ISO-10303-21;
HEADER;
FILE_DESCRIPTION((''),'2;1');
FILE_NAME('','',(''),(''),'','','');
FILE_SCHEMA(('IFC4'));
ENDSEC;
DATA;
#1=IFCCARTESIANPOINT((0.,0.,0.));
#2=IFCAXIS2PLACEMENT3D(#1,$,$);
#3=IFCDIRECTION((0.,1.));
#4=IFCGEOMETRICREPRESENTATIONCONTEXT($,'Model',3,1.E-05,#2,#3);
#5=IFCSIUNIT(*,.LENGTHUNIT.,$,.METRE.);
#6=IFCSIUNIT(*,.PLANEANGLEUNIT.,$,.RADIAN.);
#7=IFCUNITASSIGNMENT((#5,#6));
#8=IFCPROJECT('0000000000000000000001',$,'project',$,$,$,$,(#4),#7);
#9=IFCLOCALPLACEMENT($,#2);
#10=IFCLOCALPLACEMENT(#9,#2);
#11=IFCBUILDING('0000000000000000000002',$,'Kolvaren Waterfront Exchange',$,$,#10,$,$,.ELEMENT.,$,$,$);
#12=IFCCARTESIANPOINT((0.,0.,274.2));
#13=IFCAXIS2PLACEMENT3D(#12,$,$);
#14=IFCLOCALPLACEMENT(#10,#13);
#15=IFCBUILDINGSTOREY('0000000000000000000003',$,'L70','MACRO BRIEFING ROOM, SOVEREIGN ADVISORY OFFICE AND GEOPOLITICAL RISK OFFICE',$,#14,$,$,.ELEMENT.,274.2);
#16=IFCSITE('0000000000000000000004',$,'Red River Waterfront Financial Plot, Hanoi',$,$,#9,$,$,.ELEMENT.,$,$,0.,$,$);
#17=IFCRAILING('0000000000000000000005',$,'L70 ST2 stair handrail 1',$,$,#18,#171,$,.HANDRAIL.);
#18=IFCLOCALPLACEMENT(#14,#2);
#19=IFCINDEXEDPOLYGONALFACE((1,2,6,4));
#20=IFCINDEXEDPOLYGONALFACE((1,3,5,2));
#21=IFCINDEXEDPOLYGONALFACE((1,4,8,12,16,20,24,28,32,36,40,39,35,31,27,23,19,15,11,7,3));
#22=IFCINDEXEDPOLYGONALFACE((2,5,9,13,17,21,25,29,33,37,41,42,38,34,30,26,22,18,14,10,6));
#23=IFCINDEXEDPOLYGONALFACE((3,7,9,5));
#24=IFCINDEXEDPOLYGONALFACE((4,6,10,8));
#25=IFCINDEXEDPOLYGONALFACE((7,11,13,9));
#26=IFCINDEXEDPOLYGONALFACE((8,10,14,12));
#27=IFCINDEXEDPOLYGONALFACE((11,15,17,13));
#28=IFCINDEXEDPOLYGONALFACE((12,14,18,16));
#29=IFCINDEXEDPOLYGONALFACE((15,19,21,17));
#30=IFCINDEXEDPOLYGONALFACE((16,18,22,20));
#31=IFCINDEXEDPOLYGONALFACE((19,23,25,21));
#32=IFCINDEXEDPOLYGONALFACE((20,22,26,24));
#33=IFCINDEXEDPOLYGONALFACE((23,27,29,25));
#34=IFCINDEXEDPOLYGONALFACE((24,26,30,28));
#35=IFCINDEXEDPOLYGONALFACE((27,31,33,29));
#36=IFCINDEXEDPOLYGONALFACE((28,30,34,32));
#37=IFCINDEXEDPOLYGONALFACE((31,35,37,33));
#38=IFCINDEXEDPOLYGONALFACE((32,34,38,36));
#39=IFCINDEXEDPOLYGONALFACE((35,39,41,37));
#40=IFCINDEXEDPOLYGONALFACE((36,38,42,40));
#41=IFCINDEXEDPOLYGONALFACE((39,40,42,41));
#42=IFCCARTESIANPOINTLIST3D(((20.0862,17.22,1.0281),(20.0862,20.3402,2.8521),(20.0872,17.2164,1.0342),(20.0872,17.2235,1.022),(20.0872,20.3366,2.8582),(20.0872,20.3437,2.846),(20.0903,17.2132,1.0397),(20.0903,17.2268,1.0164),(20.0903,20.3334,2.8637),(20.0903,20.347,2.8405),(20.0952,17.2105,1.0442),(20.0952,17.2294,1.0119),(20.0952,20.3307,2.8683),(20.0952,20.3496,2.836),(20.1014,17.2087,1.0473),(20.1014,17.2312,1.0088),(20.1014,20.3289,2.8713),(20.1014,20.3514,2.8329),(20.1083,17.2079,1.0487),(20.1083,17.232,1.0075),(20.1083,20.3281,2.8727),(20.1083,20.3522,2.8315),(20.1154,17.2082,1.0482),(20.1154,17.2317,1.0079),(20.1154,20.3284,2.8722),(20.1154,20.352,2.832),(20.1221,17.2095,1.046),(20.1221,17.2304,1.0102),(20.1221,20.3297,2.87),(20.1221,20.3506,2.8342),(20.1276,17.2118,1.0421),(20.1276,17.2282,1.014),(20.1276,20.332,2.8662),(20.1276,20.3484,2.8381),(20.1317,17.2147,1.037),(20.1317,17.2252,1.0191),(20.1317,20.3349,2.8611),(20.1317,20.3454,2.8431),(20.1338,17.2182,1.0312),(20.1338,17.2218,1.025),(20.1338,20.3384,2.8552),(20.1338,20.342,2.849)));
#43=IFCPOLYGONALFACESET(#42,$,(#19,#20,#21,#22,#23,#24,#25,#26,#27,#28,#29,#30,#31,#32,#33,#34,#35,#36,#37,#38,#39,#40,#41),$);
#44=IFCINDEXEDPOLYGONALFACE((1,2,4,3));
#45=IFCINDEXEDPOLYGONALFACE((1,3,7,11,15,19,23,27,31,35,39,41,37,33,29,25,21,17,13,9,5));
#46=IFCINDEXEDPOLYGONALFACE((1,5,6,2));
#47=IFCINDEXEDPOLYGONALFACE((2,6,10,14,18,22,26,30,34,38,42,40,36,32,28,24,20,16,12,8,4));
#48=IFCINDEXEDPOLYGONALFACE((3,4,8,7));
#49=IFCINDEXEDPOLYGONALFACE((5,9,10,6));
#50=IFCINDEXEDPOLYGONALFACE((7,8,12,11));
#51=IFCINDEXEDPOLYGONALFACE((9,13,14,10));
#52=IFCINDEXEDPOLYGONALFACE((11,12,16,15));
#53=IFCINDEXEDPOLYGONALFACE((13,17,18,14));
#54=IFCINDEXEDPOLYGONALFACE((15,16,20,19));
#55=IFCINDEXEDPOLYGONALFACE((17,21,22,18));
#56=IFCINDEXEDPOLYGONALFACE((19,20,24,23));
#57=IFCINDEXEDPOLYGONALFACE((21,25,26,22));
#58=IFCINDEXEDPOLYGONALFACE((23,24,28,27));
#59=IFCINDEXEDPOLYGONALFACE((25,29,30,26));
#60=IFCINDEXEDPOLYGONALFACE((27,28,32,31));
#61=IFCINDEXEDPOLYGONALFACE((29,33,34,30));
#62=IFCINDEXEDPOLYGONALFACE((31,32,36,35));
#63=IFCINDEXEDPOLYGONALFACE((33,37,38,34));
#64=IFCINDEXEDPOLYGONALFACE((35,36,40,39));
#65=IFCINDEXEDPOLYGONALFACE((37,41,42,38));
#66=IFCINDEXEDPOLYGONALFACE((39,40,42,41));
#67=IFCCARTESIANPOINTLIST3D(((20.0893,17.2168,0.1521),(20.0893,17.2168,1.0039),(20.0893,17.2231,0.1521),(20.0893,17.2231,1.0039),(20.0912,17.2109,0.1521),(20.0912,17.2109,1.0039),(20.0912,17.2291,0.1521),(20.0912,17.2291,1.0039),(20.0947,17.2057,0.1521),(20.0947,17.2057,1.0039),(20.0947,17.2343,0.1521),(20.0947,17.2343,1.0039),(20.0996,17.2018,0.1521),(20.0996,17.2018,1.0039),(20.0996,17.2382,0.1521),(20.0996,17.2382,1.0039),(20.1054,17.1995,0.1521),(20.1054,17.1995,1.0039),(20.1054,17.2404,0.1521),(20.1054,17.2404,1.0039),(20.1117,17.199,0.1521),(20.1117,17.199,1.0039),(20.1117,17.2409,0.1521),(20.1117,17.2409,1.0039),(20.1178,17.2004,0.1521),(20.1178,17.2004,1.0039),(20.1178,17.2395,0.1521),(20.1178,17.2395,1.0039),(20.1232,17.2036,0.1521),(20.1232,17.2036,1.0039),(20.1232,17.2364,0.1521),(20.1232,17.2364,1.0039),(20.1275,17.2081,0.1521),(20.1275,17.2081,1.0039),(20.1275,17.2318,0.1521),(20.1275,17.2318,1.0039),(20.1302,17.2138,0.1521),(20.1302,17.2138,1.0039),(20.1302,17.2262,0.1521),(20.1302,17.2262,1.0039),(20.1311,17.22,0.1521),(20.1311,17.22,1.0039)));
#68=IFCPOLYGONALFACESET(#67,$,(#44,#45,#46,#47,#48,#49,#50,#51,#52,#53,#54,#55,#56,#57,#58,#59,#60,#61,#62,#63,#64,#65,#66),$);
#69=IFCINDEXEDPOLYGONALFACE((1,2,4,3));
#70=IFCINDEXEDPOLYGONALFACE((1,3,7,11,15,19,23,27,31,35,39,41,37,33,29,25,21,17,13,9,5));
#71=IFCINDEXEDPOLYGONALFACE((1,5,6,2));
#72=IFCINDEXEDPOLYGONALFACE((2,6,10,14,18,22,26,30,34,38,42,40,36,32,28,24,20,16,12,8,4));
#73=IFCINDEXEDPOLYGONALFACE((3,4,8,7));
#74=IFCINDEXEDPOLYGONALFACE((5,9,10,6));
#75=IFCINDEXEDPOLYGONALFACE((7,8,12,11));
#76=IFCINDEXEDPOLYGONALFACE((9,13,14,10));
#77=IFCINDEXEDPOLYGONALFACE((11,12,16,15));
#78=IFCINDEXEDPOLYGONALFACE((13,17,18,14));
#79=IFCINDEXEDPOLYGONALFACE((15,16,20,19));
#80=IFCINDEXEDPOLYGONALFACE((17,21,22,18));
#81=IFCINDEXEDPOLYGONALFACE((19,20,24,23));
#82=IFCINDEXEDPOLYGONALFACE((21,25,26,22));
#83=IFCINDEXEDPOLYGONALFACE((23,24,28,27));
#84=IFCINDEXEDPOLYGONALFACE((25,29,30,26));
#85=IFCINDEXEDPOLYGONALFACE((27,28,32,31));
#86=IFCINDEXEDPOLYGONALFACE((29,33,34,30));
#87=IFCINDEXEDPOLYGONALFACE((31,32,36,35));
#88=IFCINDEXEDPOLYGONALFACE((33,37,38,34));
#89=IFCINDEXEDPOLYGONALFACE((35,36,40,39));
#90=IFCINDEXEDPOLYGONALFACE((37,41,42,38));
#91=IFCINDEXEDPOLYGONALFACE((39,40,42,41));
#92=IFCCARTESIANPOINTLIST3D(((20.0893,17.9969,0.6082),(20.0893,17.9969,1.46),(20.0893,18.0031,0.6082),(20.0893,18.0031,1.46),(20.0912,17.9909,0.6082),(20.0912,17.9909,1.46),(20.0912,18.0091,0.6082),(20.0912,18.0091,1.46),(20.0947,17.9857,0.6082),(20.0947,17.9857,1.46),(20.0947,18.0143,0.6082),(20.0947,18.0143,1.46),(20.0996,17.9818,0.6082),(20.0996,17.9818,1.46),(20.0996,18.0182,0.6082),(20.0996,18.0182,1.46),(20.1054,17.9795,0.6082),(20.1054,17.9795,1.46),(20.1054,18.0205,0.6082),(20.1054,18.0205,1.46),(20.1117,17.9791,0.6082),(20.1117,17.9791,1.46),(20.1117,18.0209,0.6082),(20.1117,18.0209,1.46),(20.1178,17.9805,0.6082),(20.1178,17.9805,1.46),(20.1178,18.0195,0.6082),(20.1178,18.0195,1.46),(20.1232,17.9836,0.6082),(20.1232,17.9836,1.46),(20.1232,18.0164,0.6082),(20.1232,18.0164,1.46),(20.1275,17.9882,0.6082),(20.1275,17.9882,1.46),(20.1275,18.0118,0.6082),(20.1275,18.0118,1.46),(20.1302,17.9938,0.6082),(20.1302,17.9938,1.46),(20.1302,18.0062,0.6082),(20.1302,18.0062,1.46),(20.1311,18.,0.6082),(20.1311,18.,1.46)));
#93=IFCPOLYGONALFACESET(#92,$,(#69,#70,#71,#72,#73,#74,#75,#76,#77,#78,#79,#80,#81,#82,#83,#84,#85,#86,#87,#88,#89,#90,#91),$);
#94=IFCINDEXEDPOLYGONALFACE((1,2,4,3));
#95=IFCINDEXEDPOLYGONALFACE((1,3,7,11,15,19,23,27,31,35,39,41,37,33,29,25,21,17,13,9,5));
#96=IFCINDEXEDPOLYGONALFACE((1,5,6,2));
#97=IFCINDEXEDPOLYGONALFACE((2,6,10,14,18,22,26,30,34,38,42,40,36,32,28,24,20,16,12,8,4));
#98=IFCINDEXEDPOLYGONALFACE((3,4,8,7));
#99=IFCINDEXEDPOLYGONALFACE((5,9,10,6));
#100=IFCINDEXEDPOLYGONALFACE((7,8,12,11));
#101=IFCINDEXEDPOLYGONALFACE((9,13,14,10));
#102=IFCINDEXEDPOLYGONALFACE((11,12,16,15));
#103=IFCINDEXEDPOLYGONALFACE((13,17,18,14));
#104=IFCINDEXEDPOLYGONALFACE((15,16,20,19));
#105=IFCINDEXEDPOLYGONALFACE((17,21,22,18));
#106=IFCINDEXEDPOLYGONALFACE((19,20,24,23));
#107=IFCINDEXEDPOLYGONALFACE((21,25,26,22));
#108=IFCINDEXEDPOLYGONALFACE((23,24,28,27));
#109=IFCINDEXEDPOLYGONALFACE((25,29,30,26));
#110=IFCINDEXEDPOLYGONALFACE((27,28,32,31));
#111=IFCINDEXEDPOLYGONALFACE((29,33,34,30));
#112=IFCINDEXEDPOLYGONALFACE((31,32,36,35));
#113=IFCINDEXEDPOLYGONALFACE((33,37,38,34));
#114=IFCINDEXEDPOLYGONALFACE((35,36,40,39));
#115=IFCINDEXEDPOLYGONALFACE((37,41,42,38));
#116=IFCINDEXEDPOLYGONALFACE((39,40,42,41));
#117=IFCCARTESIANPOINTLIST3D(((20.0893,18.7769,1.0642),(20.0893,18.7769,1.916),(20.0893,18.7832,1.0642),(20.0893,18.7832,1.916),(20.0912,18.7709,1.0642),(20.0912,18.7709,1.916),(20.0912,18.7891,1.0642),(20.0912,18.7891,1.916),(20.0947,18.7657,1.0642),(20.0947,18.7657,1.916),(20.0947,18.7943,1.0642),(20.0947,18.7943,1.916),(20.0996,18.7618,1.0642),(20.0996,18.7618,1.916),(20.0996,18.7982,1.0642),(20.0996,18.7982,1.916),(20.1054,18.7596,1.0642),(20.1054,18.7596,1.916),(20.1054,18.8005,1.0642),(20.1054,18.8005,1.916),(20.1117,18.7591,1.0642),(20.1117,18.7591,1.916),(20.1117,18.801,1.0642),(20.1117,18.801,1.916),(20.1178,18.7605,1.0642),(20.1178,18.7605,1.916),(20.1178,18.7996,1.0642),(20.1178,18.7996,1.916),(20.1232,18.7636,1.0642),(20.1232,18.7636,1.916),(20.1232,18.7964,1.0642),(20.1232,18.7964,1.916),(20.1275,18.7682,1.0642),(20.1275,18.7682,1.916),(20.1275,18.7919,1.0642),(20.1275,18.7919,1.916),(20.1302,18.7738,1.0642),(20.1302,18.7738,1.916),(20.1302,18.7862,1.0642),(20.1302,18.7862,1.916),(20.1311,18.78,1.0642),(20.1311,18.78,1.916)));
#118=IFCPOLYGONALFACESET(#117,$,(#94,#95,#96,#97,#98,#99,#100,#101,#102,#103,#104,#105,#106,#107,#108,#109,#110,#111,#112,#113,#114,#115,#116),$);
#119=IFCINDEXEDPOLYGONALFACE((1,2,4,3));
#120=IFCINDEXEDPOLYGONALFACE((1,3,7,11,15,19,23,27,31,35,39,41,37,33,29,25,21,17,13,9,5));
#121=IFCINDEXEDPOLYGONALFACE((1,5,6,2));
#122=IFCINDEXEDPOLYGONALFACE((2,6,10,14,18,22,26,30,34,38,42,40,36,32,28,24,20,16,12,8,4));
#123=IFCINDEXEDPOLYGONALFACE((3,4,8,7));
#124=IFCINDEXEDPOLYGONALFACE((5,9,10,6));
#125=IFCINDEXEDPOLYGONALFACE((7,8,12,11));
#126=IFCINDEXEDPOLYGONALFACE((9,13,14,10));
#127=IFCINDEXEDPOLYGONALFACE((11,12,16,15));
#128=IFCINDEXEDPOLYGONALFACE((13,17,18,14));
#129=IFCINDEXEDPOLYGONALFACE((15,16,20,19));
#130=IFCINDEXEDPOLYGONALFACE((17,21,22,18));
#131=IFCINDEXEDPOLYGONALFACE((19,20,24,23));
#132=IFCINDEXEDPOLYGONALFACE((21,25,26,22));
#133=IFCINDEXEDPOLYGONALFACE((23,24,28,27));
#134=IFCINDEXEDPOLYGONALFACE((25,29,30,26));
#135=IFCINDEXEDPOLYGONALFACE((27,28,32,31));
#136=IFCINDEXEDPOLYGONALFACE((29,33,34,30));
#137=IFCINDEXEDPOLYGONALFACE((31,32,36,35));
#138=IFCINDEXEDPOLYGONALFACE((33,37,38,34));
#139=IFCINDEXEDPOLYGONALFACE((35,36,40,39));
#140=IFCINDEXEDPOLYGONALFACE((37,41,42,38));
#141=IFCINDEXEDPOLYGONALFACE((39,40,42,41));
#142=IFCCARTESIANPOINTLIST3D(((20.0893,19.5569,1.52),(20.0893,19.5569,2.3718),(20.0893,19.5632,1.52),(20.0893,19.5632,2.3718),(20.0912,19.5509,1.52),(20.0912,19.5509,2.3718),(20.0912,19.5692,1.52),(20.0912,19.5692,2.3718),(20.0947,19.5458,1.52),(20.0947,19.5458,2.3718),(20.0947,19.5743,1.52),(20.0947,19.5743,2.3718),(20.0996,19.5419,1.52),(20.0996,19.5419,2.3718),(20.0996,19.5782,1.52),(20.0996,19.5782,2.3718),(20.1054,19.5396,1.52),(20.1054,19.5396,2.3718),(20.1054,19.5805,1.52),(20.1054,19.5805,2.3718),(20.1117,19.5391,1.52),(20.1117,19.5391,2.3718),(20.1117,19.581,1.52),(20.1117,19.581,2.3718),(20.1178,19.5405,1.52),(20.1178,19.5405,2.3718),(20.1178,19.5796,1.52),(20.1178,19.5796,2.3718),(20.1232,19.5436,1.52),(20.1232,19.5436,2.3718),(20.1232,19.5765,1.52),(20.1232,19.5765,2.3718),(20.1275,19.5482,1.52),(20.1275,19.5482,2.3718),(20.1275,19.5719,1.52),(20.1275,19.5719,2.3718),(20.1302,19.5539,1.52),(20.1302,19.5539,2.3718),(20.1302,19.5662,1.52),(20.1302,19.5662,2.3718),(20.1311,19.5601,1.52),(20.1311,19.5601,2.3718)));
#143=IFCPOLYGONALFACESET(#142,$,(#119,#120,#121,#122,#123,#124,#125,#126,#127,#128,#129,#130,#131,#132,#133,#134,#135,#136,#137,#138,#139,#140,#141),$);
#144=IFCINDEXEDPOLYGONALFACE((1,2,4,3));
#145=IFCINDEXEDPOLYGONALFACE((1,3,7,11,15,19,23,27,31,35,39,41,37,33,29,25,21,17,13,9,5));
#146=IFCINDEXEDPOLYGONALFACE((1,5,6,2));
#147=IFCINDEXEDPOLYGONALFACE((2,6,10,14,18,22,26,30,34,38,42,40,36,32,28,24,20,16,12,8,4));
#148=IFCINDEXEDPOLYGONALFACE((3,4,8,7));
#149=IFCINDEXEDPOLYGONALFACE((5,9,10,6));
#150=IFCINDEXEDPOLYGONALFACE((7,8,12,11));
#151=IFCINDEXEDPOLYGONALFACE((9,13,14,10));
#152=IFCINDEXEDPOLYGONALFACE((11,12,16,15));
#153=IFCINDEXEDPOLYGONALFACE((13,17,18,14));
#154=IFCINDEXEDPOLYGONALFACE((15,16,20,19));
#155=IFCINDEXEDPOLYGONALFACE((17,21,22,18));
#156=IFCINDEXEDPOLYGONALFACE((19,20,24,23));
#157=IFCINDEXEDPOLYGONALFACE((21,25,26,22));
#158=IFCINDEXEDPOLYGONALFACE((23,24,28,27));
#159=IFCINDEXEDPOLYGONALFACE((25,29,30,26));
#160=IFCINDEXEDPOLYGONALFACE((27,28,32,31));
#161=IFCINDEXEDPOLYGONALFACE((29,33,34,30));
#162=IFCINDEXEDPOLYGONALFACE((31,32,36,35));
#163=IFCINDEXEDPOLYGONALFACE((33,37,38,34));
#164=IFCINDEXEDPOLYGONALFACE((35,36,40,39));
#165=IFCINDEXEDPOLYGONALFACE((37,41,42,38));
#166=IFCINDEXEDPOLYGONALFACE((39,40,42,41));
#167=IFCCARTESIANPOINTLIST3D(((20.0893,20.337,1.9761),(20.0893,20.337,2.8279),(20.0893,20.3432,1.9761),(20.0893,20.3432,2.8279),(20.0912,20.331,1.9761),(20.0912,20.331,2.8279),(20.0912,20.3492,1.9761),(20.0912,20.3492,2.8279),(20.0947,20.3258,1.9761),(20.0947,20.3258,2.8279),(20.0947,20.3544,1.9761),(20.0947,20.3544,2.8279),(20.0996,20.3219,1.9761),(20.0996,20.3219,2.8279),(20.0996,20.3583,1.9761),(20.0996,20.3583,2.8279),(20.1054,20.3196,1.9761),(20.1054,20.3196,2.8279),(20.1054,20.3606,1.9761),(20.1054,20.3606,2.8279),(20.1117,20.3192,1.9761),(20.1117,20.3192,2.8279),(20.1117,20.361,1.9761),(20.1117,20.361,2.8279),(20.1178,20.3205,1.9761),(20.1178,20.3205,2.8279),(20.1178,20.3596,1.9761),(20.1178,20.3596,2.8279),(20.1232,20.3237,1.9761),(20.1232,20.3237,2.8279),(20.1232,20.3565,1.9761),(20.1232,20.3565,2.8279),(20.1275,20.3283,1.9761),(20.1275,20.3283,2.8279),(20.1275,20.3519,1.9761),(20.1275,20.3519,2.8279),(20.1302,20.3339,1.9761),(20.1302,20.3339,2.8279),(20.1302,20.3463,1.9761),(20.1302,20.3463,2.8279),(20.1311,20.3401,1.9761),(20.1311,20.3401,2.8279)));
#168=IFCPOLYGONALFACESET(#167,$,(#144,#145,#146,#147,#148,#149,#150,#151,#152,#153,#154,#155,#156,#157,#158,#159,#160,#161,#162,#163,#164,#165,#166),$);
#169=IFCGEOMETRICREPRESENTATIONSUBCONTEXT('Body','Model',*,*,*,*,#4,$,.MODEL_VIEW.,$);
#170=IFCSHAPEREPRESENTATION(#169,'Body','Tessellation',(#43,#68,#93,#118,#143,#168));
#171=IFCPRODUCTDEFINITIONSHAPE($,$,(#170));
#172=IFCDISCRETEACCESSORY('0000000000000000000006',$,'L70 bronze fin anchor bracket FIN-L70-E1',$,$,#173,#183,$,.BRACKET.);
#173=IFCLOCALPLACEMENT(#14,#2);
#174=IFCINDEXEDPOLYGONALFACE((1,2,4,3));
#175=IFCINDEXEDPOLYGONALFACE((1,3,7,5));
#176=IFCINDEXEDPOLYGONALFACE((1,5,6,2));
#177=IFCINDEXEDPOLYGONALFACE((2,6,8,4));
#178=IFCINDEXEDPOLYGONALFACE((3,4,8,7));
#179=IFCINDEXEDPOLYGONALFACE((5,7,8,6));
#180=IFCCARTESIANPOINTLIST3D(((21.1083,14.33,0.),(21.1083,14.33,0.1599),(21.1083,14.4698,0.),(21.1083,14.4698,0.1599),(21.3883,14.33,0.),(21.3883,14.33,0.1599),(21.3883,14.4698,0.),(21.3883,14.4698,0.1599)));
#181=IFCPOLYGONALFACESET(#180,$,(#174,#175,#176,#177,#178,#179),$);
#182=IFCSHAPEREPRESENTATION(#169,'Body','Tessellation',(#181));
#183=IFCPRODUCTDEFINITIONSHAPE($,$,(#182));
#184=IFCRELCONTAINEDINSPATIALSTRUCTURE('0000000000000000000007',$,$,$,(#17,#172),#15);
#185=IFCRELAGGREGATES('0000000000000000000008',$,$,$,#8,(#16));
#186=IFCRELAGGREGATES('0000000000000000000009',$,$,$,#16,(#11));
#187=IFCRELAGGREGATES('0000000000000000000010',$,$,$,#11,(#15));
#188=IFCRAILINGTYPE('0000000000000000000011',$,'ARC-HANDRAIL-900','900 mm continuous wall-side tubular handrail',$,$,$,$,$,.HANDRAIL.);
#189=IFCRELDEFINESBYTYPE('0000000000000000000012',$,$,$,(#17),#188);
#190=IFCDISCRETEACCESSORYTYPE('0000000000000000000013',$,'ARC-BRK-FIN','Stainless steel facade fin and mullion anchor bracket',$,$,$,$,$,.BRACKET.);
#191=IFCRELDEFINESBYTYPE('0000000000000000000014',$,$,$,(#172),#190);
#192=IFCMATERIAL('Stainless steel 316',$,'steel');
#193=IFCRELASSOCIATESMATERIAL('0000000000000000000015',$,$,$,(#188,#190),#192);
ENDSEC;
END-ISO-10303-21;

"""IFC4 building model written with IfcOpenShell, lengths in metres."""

from ifc_helpers import new_model, si_unit, direction, frame, origin, origin_with_axes, origin_2d, place, context, subcontext, project, spatial, rectangle, circle, extrude, source, transform, mapped, material, type_object, element, save


model = new_model("IFC4")

# Units and contexts
model_context = context("Model", 3, precision=1e-05, world=origin(), true_north=direction((0.0, 1.0)))
body_context = subcontext(model_context, "Body", "Model", "MODEL_VIEW")
ifc_project = project(units=[si_unit("LENGTHUNIT", "METRE"), si_unit("PLANEANGLEUNIT", "RADIAN")], contexts=[model_context])

# Site, building, storey
site_placement = place(None, origin())
site = spatial("IfcSite", under=ifc_project, at=site_placement, Name="Red River Waterfront Financial Plot, Hanoi", CompositionType="ELEMENT", RefElevation=0.0)
building_placement = place(site_placement, origin())
building = spatial("IfcBuilding", under=site, at=building_placement, Name="Kolvaren Waterfront Exchange", CompositionType="ELEMENT")
storey_placement = place(building_placement, frame((0.0, 0.0, 274.2)))
storey = spatial("IfcBuildingStorey", under=building, at=storey_placement, Name="L70", Description="MACRO BRIEFING ROOM, SOVEREIGN ADVISORY OFFICE AND GEOPOLITICAL RISK OFFICE", CompositionType="ELEMENT", Elevation=274.2)

# Railing
ifc_material_1 = material(Name="Stainless steel 316", Category="steel")
railing_type_1 = type_object("IfcRailingType", Name="ARC-HANDRAIL-900", Description="900 mm continuous wall-side tubular handrail", PredefinedType="HANDRAIL", material=ifc_material_1)
railing_1_placement = place(storey_placement, frame((20.1101, 17.22, 0.1521)))
element("IfcRailing", 1, at=railing_1_placement, inside=storey, type_object=railing_type_1, Name="L70 ST2 stair handrail 1", PredefinedType="HANDRAIL", context=body_context, shape_type="SweptSolid", body=[
    extrude(circle(Radius=0.0239, at=origin_2d()), frame((0.0, 0.0, 0.876), z_axis=(0.0, 0.863308, 0.504677), x_axis=(-1.0, 0.0, 0.0)), (0.0, 0.0, 1.0), 3.6143),
    extrude(circle(Radius=0.021, at=origin_2d()), origin(), (0.0, 0.0, 1.0), 0.8518),
    extrude(circle(Radius=0.021, at=origin_2d()), frame((0.0, 0.78, 0.4561)), (0.0, 0.0, 1.0), 0.8518),
    extrude(circle(Radius=0.021, at=origin_2d()), frame((0.0, 1.5601, 0.9121)), (0.0, 0.0, 1.0), 0.8518),
    extrude(circle(Radius=0.021, at=origin_2d()), frame((0.0, 2.3401, 1.3679)), (0.0, 0.0, 1.0), 0.8518),
    extrude(circle(Radius=0.021, at=origin_2d()), frame((0.0, 3.1201, 1.824)), (0.0, 0.0, 1.0), 0.8518),
])

# Discrete accessory
discrete_accessory_type = type_object("IfcDiscreteAccessoryType", Name="ARC-BRK-FIN", Description="Stainless steel facade fin and mullion anchor bracket", PredefinedType="BRACKET", material=ifc_material_1)
shared_shape = source(origin_with_axes(), body_context, "Body", "SweptSolid", [
    extrude(rectangle(XDim=0.28, YDim=0.1399, at=origin_2d()), origin(), (0.0, 0.0, 1.0), 0.1599),
])
discrete_accessory_placement = place(storey_placement, frame((21.2483, 14.3999, 0.0), z_axis=(0.0, 0.0, 1.0), x_axis=(1.0, 0.0, 0.0)))
element("IfcDiscreteAccessory", 2, at=discrete_accessory_placement, inside=storey, type_object=discrete_accessory_type, Name="L70 bronze fin anchor bracket FIN-L70-E1", PredefinedType="BRACKET", context=body_context, shape_type="MappedRepresentation", body=[
    mapped(shared_shape, transform((0.0, 0.0, 0.0), x_axis=(1.0, 0.0, 0.0), y_axis=(0.0, 1.0, 0.0), z_axis=(0.0, 0.0, 1.0), scale=1.0)),
])

save(model, "model.ifc")
